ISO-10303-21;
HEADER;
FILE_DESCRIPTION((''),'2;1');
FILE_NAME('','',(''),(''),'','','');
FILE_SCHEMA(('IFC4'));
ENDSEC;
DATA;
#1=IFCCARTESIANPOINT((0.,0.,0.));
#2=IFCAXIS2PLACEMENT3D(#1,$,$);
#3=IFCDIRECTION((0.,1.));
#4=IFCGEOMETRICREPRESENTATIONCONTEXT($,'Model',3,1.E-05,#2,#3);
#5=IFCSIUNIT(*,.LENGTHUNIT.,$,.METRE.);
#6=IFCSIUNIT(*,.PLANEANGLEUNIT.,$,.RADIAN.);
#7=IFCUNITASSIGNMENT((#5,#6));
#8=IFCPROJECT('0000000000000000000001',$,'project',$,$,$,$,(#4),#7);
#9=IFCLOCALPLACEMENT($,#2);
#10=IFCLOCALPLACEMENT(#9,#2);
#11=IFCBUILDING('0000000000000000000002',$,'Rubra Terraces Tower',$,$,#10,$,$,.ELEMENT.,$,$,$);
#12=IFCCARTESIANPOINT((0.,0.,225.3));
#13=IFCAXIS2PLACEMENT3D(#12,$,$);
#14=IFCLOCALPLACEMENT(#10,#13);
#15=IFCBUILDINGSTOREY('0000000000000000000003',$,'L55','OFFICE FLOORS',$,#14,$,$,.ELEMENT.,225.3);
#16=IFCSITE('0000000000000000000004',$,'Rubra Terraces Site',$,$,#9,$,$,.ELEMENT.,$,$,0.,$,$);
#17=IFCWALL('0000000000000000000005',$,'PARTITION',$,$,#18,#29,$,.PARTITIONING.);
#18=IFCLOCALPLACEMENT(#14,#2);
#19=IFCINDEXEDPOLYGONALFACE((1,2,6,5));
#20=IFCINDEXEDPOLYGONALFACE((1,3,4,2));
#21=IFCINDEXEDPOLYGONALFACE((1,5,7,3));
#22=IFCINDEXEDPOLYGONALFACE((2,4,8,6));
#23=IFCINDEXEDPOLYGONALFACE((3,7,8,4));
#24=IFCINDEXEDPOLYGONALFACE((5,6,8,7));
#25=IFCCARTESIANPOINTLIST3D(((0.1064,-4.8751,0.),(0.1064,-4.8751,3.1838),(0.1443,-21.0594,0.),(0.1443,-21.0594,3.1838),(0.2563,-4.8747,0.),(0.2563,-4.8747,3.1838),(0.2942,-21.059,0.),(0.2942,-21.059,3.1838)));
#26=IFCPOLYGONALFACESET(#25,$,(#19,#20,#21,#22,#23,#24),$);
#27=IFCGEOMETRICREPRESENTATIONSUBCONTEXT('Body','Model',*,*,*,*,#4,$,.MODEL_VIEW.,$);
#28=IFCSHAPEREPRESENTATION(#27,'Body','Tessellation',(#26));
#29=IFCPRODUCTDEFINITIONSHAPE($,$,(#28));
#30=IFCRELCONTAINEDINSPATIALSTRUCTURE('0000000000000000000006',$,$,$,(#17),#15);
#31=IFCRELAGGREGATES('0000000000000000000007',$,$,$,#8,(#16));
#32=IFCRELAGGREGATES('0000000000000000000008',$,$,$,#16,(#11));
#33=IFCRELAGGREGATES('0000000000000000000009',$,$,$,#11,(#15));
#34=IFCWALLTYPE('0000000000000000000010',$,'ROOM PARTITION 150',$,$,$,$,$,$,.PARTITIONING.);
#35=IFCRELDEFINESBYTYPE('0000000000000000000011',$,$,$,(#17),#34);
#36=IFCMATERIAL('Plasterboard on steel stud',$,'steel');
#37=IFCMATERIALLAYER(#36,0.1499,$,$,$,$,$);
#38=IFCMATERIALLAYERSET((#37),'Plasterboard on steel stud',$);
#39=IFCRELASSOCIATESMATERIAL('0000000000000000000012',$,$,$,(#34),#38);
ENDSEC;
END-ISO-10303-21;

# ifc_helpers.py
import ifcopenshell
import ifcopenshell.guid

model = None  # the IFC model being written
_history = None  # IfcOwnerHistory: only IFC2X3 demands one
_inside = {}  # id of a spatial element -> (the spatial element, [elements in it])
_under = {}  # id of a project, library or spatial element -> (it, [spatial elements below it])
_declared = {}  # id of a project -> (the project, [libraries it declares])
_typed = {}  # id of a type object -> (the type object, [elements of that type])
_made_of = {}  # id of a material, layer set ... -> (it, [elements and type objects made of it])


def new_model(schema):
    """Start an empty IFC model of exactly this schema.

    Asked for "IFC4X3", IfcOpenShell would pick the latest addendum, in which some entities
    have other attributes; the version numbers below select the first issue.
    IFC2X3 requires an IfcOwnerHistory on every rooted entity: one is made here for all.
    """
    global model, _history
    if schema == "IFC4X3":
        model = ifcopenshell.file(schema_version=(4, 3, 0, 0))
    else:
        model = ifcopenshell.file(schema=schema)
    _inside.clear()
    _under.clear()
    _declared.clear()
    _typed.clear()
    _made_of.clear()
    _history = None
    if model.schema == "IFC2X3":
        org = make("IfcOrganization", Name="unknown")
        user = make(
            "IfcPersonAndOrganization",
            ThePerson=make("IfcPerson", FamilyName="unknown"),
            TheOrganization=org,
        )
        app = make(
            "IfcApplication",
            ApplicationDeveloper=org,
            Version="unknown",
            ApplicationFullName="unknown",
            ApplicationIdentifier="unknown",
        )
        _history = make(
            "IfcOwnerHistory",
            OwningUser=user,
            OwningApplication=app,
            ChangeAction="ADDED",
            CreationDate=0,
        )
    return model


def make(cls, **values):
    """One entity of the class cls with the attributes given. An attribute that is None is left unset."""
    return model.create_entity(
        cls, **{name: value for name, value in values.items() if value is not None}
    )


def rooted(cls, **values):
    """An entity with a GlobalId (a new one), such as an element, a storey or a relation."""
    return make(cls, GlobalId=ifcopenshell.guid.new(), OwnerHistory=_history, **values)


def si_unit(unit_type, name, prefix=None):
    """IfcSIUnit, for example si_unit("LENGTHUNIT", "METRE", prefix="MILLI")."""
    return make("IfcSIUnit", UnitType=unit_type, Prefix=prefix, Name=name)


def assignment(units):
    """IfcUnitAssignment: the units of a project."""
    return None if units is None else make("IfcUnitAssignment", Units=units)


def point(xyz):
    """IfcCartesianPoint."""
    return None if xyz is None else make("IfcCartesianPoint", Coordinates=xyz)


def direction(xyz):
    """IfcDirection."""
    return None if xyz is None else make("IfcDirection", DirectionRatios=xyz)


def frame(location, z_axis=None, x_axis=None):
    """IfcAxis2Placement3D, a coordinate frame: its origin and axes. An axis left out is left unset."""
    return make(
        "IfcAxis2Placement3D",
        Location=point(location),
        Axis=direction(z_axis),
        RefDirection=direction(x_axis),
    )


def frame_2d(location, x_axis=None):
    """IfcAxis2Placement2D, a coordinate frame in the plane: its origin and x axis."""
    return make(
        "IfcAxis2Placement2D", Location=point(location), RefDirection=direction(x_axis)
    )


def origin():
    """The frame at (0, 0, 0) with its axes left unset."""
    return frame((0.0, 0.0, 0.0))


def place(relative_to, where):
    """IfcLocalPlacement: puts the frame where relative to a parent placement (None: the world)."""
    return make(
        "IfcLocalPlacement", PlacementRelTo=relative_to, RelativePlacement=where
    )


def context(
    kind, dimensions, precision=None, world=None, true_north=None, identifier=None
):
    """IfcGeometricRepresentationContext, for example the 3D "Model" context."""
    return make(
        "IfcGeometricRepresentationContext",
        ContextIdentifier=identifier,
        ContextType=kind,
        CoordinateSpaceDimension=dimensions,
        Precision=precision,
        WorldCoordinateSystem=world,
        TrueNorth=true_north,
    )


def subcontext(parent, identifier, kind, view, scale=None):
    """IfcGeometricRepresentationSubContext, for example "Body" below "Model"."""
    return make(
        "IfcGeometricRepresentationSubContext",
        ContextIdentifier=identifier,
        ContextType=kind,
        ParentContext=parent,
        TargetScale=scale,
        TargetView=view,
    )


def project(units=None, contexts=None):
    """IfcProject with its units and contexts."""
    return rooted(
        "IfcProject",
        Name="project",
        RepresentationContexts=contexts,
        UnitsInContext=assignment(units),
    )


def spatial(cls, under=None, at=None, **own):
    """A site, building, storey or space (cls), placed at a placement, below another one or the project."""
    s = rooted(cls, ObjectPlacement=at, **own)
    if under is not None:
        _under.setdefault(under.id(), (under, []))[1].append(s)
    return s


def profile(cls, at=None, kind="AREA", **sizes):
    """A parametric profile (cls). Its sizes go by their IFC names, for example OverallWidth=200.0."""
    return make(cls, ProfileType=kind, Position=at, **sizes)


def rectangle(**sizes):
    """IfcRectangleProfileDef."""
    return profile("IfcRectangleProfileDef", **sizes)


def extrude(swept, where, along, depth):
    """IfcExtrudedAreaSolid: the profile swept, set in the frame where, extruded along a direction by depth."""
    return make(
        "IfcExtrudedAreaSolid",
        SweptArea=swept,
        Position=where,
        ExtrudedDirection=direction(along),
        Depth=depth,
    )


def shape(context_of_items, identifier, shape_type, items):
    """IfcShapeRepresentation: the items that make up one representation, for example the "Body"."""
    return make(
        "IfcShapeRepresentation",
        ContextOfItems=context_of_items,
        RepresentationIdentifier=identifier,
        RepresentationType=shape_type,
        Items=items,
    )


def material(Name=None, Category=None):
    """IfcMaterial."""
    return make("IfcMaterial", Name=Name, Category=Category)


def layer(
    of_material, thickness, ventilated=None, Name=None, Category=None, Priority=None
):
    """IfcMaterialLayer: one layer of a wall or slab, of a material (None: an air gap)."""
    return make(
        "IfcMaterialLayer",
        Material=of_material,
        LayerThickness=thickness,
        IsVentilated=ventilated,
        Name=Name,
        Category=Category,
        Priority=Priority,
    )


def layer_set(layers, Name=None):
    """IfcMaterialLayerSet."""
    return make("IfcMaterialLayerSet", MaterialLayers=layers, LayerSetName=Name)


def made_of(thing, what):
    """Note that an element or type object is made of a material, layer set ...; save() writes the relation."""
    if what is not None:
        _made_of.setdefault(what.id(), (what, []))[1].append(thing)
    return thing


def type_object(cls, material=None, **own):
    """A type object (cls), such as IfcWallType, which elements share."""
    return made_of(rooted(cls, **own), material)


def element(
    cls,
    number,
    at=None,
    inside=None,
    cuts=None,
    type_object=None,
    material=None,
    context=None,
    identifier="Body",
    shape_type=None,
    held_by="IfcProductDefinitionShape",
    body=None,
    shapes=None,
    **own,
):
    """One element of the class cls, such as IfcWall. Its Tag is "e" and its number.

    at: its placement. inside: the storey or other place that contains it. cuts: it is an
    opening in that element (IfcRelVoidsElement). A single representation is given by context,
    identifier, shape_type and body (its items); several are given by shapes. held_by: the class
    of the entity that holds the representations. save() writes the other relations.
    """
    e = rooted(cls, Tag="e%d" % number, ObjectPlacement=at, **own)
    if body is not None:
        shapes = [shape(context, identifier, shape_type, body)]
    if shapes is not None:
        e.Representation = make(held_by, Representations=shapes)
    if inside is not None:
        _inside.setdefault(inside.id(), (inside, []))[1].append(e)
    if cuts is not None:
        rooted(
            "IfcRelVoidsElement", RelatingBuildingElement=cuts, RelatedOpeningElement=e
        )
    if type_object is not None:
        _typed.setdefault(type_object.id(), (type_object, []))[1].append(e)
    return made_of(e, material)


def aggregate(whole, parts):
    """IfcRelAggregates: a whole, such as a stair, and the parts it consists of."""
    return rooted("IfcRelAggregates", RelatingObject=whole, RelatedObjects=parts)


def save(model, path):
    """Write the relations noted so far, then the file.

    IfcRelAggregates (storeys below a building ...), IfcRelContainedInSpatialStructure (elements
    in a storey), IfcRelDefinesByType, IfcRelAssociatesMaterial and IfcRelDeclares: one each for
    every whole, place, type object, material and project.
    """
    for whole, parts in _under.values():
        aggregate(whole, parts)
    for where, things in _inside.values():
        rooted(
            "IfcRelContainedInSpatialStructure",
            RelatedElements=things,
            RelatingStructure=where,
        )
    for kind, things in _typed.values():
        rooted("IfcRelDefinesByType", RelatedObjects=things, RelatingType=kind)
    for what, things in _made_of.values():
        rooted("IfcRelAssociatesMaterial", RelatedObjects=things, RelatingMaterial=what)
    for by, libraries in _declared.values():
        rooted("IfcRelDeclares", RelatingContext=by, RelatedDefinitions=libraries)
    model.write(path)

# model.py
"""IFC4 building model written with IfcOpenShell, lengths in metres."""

from ifc_helpers import new_model, si_unit, direction, frame, frame_2d, origin, place, context, subcontext, project, spatial, rectangle, extrude, material, layer, layer_set, type_object, element, save


model = new_model("IFC4")

# Units and contexts
model_context = context("Model", 3, precision=1e-05, world=origin(), true_north=direction((0.0, 1.0)))
body_context = subcontext(model_context, "Body", "Model", "MODEL_VIEW")
ifc_project = project(units=[si_unit("LENGTHUNIT", "METRE"), si_unit("PLANEANGLEUNIT", "RADIAN")], contexts=[model_context])

# Site, building, storey
site_placement = place(None, origin())
site = spatial("IfcSite", under=ifc_project, at=site_placement, Name="Rubra Terraces Site", CompositionType="ELEMENT", RefElevation=0.0)
building_placement = place(site_placement, origin())
building = spatial("IfcBuilding", under=site, at=building_placement, Name="Rubra Terraces Tower", CompositionType="ELEMENT")
storey_placement = place(building_placement, frame((0.0, 0.0, 225.3)))
storey = spatial("IfcBuildingStorey", under=building, at=storey_placement, Name="L55", Description="OFFICE FLOORS", CompositionType="ELEMENT", Elevation=225.3)

# Wall
ifc_material_1 = material(Name="Plasterboard on steel stud", Category="steel")
ifc_layer_1 = layer(ifc_material_1, 0.1499)
ifc_layer_set_1 = layer_set([ifc_layer_1], Name="Plasterboard on steel stud")
wall_type_1 = type_object("IfcWallType", Name="ROOM PARTITION 150", PredefinedType="PARTITIONING", material=ifc_layer_set_1)
wall_1_placement = place(storey_placement, frame((0.2192, -21.0593, 0.0), z_axis=(0.0, 0.0, 1.0), x_axis=(-0.002338, 0.999997, 0.0)))
element("IfcWall", 1, at=wall_1_placement, inside=storey, type_object=wall_type_1, Name="PARTITION", PredefinedType="PARTITIONING", context=body_context, shape_type="SweptSolid", body=[
    extrude(rectangle(XDim=16.1843, YDim=0.1499, at=frame_2d((8.0923, 0.0))), origin(), (0.0, 0.0, 1.0), 3.1838),
])

save(model, "model.ifc")
